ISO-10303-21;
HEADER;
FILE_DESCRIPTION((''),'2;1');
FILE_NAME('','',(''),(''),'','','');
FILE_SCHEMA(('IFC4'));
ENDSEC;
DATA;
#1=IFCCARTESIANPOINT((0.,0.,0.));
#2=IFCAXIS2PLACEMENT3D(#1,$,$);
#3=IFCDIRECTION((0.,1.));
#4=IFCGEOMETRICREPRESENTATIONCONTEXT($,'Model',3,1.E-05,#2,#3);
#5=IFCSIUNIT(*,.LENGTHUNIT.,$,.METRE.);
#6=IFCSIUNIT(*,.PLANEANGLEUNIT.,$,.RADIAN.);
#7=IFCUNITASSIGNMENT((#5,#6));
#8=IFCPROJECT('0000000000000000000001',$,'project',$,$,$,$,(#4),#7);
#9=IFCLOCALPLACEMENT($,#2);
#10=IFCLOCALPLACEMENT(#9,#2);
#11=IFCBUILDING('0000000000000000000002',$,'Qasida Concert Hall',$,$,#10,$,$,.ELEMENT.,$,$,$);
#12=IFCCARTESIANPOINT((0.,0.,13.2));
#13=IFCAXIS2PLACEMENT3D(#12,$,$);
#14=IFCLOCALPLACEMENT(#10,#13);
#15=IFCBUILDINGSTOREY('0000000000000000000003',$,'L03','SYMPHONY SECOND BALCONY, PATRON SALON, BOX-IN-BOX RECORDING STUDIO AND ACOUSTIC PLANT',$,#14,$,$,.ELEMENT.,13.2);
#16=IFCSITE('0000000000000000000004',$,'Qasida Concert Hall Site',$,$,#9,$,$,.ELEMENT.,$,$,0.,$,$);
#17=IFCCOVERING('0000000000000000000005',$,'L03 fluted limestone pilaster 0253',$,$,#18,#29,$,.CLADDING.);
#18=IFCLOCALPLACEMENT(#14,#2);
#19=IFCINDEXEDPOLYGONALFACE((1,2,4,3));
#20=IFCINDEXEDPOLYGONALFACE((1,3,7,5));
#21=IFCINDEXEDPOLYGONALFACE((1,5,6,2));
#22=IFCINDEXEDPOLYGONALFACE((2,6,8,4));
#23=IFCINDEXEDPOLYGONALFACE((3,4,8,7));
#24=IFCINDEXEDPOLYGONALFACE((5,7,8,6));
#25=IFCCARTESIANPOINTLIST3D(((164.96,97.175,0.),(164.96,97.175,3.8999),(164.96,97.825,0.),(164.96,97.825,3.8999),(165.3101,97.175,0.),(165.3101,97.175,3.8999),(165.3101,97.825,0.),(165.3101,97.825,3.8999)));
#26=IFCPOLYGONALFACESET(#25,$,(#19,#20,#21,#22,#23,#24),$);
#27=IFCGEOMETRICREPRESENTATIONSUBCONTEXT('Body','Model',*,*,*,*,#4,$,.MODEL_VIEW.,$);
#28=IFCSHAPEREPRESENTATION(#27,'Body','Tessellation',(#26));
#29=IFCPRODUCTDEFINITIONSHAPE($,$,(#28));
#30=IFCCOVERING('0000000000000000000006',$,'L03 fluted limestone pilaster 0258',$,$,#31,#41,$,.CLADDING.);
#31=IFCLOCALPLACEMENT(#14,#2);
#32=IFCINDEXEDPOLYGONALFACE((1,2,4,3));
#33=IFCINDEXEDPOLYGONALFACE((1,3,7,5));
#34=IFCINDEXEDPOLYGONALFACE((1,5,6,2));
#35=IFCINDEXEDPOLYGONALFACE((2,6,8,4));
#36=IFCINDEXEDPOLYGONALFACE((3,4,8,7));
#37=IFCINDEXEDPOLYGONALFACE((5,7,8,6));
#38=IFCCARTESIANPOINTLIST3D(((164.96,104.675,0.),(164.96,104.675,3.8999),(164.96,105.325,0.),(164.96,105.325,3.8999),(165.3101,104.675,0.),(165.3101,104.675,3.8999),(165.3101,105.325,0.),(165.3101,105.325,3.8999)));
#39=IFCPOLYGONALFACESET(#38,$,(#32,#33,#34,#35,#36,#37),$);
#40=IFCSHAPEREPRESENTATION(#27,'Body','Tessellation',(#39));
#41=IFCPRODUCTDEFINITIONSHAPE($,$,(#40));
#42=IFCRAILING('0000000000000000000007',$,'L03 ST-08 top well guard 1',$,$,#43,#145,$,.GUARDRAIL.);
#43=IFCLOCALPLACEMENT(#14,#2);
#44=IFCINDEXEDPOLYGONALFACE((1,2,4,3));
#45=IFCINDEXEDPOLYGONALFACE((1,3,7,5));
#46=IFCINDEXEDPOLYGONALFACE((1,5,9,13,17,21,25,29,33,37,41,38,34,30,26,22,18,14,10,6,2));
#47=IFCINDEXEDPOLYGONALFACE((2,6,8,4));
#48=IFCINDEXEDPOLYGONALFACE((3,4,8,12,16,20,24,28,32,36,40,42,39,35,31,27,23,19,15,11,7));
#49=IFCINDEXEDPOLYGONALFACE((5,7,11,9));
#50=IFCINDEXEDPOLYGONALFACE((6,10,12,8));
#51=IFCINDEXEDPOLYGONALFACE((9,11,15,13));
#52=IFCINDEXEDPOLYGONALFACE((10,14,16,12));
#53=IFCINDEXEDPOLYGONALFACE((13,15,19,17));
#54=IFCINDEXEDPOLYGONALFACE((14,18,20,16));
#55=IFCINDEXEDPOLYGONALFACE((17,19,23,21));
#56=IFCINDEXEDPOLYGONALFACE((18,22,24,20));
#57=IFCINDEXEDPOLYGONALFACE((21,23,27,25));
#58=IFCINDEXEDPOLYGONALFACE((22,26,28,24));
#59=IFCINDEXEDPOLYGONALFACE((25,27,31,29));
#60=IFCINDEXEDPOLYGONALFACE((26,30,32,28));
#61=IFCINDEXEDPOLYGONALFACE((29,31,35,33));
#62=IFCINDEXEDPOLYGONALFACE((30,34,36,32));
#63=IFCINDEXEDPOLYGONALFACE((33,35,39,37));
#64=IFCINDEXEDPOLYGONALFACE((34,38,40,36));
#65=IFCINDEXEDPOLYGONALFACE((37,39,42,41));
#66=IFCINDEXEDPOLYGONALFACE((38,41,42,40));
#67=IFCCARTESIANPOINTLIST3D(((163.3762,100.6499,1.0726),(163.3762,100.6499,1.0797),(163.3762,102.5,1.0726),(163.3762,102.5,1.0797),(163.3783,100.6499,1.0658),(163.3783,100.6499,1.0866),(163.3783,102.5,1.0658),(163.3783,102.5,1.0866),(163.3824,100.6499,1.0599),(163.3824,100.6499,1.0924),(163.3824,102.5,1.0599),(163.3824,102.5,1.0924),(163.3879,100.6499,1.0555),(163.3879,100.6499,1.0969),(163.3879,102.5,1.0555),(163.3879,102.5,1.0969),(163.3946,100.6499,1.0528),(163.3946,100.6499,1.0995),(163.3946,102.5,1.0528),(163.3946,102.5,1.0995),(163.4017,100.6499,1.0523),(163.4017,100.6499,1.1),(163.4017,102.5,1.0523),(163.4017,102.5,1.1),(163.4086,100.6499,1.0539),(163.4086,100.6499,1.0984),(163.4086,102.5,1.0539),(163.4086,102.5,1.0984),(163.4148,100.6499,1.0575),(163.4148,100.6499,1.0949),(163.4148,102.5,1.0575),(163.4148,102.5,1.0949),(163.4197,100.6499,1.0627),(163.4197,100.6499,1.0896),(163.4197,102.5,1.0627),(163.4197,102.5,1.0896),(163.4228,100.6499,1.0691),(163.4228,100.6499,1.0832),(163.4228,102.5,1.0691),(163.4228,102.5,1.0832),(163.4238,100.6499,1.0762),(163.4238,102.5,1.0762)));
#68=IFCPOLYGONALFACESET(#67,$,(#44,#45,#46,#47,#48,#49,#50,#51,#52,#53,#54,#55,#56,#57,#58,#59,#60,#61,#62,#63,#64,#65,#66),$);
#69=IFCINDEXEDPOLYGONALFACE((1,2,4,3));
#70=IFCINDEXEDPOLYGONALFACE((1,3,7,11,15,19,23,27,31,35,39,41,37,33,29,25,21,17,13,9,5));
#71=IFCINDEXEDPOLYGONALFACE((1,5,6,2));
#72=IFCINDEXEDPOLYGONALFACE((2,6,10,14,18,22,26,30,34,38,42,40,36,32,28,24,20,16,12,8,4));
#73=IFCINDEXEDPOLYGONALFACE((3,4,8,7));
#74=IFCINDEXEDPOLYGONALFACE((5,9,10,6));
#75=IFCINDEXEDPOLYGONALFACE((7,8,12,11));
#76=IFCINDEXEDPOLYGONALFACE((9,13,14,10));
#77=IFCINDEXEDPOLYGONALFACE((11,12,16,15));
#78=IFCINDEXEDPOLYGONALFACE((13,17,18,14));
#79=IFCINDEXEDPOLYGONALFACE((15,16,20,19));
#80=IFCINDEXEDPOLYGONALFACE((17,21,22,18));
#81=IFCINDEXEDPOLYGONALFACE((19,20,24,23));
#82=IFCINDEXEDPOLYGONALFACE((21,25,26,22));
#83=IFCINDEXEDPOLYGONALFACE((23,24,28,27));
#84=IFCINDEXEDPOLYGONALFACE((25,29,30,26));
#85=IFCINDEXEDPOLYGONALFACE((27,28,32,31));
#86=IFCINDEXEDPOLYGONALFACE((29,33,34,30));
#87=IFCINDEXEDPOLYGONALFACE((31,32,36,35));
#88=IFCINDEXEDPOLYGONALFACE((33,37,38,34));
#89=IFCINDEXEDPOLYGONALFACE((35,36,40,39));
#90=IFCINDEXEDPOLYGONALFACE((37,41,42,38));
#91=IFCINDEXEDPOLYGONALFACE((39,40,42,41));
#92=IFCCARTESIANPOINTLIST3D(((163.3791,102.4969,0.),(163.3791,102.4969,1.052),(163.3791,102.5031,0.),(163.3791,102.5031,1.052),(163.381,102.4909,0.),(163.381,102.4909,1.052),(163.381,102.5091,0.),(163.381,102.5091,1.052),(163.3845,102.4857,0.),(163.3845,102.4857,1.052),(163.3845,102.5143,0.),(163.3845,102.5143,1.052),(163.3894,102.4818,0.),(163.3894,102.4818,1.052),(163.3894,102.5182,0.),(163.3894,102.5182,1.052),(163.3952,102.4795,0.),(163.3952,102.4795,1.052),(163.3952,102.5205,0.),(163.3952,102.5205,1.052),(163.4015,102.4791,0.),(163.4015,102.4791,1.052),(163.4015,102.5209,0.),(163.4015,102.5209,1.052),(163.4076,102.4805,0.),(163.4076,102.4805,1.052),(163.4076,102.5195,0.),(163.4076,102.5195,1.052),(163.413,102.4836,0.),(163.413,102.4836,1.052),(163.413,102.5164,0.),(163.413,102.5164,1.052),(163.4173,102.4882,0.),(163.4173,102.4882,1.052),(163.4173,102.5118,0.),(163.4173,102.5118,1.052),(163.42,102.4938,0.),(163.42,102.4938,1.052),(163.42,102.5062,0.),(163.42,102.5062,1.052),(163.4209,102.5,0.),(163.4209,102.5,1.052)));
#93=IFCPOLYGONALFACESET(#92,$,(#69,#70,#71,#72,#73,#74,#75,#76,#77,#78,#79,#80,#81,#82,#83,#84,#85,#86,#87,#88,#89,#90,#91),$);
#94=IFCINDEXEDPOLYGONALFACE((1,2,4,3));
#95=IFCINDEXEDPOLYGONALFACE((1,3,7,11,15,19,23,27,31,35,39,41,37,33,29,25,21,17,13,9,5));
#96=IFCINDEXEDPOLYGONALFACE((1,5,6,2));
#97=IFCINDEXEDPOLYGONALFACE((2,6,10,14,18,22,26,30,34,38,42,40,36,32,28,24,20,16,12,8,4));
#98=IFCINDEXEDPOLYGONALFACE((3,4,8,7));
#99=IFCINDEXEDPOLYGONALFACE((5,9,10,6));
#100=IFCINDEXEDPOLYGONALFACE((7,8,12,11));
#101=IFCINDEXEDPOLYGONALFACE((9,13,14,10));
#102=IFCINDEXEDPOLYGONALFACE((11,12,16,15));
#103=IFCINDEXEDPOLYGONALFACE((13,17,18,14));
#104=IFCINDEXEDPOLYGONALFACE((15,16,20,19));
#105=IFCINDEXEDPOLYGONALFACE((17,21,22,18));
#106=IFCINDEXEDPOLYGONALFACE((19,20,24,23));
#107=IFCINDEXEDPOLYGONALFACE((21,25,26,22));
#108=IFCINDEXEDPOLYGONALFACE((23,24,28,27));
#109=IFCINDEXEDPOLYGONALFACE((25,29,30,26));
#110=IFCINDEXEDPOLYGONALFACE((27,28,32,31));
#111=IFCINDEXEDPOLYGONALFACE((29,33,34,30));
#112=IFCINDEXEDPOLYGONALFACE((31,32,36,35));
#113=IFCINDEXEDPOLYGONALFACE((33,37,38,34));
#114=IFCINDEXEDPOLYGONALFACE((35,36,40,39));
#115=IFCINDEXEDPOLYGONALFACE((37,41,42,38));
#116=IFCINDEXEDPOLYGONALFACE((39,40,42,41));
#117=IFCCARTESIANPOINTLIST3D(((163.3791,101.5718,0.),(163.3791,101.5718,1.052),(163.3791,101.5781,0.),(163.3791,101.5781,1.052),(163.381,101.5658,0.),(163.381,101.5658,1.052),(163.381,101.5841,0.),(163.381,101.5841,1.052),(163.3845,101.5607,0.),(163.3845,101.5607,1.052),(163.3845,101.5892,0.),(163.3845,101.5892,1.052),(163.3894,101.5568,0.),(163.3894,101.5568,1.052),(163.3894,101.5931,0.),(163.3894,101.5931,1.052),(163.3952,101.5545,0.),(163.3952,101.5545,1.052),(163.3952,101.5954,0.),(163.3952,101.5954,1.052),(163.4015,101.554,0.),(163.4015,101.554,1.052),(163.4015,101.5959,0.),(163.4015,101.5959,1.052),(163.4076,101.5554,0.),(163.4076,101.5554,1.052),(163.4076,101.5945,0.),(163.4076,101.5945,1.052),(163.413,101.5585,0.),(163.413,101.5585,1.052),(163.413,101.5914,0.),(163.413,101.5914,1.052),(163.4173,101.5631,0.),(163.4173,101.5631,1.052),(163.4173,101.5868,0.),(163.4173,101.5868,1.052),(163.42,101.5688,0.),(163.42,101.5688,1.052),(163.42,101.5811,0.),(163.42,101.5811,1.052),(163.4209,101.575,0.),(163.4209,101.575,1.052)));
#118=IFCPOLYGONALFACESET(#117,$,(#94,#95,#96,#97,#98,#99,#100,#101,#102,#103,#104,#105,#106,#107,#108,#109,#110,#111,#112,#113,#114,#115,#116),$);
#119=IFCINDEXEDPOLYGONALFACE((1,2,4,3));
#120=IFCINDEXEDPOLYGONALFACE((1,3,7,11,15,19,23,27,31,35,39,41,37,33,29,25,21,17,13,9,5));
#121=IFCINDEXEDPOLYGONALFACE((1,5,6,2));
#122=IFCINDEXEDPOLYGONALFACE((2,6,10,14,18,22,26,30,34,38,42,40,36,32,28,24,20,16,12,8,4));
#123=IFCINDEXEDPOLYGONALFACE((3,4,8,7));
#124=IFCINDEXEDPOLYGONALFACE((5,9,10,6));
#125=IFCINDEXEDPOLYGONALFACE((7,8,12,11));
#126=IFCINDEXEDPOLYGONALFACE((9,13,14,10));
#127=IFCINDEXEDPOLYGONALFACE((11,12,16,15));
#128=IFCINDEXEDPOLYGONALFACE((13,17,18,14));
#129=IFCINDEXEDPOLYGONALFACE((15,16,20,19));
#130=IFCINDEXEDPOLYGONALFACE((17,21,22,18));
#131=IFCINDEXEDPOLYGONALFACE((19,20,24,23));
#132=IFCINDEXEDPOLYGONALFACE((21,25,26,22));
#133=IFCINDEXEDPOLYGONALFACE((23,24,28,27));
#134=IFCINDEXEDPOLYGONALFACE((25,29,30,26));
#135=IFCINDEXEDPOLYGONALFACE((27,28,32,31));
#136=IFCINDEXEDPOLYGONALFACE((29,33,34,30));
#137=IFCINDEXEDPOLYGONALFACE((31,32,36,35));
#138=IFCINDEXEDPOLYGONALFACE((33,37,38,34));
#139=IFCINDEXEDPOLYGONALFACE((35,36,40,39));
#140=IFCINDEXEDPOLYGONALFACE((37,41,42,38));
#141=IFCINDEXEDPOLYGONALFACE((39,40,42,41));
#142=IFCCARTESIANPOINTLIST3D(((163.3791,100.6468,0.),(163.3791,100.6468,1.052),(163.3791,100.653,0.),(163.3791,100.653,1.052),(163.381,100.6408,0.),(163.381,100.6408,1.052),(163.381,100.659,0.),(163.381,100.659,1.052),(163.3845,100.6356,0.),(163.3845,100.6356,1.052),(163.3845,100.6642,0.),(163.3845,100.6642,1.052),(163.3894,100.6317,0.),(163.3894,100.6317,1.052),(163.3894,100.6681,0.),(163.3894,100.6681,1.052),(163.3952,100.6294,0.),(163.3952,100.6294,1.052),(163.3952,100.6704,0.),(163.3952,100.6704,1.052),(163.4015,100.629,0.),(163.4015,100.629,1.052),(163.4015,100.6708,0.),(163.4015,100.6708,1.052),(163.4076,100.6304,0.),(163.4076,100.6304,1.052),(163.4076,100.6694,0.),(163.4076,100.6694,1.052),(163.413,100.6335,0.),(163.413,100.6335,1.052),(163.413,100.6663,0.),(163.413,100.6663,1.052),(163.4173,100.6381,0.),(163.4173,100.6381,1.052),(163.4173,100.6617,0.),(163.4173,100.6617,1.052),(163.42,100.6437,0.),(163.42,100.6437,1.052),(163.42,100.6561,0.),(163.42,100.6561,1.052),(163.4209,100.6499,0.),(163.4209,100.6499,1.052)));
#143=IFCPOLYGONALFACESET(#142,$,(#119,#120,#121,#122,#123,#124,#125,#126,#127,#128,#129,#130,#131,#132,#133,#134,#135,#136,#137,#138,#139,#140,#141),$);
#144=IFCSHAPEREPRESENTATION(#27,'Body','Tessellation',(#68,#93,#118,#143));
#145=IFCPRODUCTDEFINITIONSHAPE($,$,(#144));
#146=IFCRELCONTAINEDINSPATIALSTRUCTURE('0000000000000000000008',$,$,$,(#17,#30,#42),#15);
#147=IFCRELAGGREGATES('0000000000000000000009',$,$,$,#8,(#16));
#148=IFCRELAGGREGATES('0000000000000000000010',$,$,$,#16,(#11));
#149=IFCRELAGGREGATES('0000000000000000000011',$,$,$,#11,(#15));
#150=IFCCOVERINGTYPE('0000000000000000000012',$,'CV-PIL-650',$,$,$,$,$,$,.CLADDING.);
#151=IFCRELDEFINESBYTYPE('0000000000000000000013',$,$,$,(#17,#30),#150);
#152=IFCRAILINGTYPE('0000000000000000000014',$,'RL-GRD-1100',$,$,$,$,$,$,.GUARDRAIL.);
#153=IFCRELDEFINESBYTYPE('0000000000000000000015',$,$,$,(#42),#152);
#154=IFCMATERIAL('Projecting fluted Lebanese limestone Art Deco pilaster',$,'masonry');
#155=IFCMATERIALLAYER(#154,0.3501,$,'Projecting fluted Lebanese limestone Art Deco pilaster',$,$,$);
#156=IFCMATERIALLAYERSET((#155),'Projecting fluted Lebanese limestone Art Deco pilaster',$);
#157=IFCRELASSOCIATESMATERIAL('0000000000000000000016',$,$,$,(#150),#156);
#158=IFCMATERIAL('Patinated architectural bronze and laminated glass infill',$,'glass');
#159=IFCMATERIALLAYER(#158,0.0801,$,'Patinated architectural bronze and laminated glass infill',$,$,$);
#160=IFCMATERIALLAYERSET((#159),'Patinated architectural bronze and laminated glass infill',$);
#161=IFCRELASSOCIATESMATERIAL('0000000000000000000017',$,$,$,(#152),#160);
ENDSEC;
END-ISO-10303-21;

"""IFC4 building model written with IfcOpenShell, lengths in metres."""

from ifc_helpers import new_model, si_unit, direction, frame, origin, origin_2d, place, context, subcontext, project, spatial, rectangle, circle, extrude, material, layer, layer_set, type_object, element, save


model = new_model("IFC4")

# Units and contexts
model_context = context("Model", 3, precision=1e-05, world=origin(), true_north=direction((0.0, 1.0)))
body_context = subcontext(model_context, "Body", "Model", "MODEL_VIEW")
ifc_project = project(units=[si_unit("LENGTHUNIT", "METRE"), si_unit("PLANEANGLEUNIT", "RADIAN")], contexts=[model_context])

# Site, building, storey
site_placement = place(None, origin())
site = spatial("IfcSite", under=ifc_project, at=site_placement, Name="Qasida Concert Hall Site", CompositionType="ELEMENT", RefElevation=0.0)
building_placement = place(site_placement, origin())
building = spatial("IfcBuilding", under=site, at=building_placement, Name="Qasida Concert Hall", CompositionType="ELEMENT")
storey_placement = place(building_placement, frame((0.0, 0.0, 13.2)))
storey = spatial("IfcBuildingStorey", under=building, at=storey_placement, Name="L03", Description="SYMPHONY SECOND BALCONY, PATRON SALON, BOX-IN-BOX RECORDING STUDIO AND ACOUSTIC PLANT", CompositionType="ELEMENT", Elevation=13.2)

# Coverings
ifc_material_1 = material(Name="Projecting fluted Lebanese limestone Art Deco pilaster", Category="masonry")
ifc_layer_1 = layer(ifc_material_1, 0.3501, Name="Projecting fluted Lebanese limestone Art Deco pilaster")
ifc_layer_set_1 = layer_set([ifc_layer_1], Name="Projecting fluted Lebanese limestone Art Deco pilaster")
covering_type = type_object("IfcCoveringType", Name="CV-PIL-650", PredefinedType="CLADDING", material=ifc_layer_set_1)
for number, where, z_axis, x_axis, name in (
    (1, (165.135, 97.5, 0.0), (0.0, 0.0, 1.0), (1.0, 0.0, 0.0), "L03 fluted limestone pilaster 0253"),
    (2, (165.135, 105.0, 0.0), (0.0, 0.0, 1.0), (1.0, 0.0, 0.0), "L03 fluted limestone pilaster 0258"),
):
    element("IfcCovering", number, at=place(storey_placement, frame(where, z_axis=z_axis, x_axis=x_axis)), inside=storey, type_object=covering_type, Name=name, PredefinedType="CLADDING", context=body_context, shape_type="SweptSolid", body=[
        extrude(rectangle(XDim=0.3501, YDim=0.6499, at=origin_2d()), origin(), (0.0, 0.0, 1.0), 3.8999),
    ])

# Railing
ifc_material_2 = material(Name="Patinated architectural bronze and laminated glass infill", Category="glass")
ifc_layer_2 = layer(ifc_material_2, 0.0801, Name="Patinated architectural bronze and laminated glass infill")
ifc_layer_set_2 = layer_set([ifc_layer_2], Name="Patinated architectural bronze and laminated glass infill")
railing_type = type_object("IfcRailingType", Name="RL-GRD-1100", PredefinedType="GUARDRAIL", material=ifc_layer_set_2)
railing_placement = place(storey_placement, frame((163.3999, 102.5, 0.0)))
element("IfcRailing", 3, at=railing_placement, inside=storey, type_object=railing_type, Name="L03 ST-08 top well guard 1", PredefinedType="GUARDRAIL", context=body_context, shape_type="SweptSolid", body=[
    extrude(circle(Radius=0.0239, at=origin_2d()), frame((0.0, 0.0, 1.0762), z_axis=(0.0, -1.0, 0.0), x_axis=(1.0, 0.0, 0.0)), (0.0, 0.0, 1.0), 1.8501),
    extrude(circle(Radius=0.021, at=origin_2d()), origin(), (0.0, 0.0, 1.0), 1.052),
    extrude(circle(Radius=0.021, at=origin_2d()), frame((0.0, -0.925, 0.0)), (0.0, 0.0, 1.0), 1.052),
    extrude(circle(Radius=0.021, at=origin_2d()), frame((0.0, -1.8501, 0.0)), (0.0, 0.0, 1.0), 1.052),
])

save(model, "model.ifc")
